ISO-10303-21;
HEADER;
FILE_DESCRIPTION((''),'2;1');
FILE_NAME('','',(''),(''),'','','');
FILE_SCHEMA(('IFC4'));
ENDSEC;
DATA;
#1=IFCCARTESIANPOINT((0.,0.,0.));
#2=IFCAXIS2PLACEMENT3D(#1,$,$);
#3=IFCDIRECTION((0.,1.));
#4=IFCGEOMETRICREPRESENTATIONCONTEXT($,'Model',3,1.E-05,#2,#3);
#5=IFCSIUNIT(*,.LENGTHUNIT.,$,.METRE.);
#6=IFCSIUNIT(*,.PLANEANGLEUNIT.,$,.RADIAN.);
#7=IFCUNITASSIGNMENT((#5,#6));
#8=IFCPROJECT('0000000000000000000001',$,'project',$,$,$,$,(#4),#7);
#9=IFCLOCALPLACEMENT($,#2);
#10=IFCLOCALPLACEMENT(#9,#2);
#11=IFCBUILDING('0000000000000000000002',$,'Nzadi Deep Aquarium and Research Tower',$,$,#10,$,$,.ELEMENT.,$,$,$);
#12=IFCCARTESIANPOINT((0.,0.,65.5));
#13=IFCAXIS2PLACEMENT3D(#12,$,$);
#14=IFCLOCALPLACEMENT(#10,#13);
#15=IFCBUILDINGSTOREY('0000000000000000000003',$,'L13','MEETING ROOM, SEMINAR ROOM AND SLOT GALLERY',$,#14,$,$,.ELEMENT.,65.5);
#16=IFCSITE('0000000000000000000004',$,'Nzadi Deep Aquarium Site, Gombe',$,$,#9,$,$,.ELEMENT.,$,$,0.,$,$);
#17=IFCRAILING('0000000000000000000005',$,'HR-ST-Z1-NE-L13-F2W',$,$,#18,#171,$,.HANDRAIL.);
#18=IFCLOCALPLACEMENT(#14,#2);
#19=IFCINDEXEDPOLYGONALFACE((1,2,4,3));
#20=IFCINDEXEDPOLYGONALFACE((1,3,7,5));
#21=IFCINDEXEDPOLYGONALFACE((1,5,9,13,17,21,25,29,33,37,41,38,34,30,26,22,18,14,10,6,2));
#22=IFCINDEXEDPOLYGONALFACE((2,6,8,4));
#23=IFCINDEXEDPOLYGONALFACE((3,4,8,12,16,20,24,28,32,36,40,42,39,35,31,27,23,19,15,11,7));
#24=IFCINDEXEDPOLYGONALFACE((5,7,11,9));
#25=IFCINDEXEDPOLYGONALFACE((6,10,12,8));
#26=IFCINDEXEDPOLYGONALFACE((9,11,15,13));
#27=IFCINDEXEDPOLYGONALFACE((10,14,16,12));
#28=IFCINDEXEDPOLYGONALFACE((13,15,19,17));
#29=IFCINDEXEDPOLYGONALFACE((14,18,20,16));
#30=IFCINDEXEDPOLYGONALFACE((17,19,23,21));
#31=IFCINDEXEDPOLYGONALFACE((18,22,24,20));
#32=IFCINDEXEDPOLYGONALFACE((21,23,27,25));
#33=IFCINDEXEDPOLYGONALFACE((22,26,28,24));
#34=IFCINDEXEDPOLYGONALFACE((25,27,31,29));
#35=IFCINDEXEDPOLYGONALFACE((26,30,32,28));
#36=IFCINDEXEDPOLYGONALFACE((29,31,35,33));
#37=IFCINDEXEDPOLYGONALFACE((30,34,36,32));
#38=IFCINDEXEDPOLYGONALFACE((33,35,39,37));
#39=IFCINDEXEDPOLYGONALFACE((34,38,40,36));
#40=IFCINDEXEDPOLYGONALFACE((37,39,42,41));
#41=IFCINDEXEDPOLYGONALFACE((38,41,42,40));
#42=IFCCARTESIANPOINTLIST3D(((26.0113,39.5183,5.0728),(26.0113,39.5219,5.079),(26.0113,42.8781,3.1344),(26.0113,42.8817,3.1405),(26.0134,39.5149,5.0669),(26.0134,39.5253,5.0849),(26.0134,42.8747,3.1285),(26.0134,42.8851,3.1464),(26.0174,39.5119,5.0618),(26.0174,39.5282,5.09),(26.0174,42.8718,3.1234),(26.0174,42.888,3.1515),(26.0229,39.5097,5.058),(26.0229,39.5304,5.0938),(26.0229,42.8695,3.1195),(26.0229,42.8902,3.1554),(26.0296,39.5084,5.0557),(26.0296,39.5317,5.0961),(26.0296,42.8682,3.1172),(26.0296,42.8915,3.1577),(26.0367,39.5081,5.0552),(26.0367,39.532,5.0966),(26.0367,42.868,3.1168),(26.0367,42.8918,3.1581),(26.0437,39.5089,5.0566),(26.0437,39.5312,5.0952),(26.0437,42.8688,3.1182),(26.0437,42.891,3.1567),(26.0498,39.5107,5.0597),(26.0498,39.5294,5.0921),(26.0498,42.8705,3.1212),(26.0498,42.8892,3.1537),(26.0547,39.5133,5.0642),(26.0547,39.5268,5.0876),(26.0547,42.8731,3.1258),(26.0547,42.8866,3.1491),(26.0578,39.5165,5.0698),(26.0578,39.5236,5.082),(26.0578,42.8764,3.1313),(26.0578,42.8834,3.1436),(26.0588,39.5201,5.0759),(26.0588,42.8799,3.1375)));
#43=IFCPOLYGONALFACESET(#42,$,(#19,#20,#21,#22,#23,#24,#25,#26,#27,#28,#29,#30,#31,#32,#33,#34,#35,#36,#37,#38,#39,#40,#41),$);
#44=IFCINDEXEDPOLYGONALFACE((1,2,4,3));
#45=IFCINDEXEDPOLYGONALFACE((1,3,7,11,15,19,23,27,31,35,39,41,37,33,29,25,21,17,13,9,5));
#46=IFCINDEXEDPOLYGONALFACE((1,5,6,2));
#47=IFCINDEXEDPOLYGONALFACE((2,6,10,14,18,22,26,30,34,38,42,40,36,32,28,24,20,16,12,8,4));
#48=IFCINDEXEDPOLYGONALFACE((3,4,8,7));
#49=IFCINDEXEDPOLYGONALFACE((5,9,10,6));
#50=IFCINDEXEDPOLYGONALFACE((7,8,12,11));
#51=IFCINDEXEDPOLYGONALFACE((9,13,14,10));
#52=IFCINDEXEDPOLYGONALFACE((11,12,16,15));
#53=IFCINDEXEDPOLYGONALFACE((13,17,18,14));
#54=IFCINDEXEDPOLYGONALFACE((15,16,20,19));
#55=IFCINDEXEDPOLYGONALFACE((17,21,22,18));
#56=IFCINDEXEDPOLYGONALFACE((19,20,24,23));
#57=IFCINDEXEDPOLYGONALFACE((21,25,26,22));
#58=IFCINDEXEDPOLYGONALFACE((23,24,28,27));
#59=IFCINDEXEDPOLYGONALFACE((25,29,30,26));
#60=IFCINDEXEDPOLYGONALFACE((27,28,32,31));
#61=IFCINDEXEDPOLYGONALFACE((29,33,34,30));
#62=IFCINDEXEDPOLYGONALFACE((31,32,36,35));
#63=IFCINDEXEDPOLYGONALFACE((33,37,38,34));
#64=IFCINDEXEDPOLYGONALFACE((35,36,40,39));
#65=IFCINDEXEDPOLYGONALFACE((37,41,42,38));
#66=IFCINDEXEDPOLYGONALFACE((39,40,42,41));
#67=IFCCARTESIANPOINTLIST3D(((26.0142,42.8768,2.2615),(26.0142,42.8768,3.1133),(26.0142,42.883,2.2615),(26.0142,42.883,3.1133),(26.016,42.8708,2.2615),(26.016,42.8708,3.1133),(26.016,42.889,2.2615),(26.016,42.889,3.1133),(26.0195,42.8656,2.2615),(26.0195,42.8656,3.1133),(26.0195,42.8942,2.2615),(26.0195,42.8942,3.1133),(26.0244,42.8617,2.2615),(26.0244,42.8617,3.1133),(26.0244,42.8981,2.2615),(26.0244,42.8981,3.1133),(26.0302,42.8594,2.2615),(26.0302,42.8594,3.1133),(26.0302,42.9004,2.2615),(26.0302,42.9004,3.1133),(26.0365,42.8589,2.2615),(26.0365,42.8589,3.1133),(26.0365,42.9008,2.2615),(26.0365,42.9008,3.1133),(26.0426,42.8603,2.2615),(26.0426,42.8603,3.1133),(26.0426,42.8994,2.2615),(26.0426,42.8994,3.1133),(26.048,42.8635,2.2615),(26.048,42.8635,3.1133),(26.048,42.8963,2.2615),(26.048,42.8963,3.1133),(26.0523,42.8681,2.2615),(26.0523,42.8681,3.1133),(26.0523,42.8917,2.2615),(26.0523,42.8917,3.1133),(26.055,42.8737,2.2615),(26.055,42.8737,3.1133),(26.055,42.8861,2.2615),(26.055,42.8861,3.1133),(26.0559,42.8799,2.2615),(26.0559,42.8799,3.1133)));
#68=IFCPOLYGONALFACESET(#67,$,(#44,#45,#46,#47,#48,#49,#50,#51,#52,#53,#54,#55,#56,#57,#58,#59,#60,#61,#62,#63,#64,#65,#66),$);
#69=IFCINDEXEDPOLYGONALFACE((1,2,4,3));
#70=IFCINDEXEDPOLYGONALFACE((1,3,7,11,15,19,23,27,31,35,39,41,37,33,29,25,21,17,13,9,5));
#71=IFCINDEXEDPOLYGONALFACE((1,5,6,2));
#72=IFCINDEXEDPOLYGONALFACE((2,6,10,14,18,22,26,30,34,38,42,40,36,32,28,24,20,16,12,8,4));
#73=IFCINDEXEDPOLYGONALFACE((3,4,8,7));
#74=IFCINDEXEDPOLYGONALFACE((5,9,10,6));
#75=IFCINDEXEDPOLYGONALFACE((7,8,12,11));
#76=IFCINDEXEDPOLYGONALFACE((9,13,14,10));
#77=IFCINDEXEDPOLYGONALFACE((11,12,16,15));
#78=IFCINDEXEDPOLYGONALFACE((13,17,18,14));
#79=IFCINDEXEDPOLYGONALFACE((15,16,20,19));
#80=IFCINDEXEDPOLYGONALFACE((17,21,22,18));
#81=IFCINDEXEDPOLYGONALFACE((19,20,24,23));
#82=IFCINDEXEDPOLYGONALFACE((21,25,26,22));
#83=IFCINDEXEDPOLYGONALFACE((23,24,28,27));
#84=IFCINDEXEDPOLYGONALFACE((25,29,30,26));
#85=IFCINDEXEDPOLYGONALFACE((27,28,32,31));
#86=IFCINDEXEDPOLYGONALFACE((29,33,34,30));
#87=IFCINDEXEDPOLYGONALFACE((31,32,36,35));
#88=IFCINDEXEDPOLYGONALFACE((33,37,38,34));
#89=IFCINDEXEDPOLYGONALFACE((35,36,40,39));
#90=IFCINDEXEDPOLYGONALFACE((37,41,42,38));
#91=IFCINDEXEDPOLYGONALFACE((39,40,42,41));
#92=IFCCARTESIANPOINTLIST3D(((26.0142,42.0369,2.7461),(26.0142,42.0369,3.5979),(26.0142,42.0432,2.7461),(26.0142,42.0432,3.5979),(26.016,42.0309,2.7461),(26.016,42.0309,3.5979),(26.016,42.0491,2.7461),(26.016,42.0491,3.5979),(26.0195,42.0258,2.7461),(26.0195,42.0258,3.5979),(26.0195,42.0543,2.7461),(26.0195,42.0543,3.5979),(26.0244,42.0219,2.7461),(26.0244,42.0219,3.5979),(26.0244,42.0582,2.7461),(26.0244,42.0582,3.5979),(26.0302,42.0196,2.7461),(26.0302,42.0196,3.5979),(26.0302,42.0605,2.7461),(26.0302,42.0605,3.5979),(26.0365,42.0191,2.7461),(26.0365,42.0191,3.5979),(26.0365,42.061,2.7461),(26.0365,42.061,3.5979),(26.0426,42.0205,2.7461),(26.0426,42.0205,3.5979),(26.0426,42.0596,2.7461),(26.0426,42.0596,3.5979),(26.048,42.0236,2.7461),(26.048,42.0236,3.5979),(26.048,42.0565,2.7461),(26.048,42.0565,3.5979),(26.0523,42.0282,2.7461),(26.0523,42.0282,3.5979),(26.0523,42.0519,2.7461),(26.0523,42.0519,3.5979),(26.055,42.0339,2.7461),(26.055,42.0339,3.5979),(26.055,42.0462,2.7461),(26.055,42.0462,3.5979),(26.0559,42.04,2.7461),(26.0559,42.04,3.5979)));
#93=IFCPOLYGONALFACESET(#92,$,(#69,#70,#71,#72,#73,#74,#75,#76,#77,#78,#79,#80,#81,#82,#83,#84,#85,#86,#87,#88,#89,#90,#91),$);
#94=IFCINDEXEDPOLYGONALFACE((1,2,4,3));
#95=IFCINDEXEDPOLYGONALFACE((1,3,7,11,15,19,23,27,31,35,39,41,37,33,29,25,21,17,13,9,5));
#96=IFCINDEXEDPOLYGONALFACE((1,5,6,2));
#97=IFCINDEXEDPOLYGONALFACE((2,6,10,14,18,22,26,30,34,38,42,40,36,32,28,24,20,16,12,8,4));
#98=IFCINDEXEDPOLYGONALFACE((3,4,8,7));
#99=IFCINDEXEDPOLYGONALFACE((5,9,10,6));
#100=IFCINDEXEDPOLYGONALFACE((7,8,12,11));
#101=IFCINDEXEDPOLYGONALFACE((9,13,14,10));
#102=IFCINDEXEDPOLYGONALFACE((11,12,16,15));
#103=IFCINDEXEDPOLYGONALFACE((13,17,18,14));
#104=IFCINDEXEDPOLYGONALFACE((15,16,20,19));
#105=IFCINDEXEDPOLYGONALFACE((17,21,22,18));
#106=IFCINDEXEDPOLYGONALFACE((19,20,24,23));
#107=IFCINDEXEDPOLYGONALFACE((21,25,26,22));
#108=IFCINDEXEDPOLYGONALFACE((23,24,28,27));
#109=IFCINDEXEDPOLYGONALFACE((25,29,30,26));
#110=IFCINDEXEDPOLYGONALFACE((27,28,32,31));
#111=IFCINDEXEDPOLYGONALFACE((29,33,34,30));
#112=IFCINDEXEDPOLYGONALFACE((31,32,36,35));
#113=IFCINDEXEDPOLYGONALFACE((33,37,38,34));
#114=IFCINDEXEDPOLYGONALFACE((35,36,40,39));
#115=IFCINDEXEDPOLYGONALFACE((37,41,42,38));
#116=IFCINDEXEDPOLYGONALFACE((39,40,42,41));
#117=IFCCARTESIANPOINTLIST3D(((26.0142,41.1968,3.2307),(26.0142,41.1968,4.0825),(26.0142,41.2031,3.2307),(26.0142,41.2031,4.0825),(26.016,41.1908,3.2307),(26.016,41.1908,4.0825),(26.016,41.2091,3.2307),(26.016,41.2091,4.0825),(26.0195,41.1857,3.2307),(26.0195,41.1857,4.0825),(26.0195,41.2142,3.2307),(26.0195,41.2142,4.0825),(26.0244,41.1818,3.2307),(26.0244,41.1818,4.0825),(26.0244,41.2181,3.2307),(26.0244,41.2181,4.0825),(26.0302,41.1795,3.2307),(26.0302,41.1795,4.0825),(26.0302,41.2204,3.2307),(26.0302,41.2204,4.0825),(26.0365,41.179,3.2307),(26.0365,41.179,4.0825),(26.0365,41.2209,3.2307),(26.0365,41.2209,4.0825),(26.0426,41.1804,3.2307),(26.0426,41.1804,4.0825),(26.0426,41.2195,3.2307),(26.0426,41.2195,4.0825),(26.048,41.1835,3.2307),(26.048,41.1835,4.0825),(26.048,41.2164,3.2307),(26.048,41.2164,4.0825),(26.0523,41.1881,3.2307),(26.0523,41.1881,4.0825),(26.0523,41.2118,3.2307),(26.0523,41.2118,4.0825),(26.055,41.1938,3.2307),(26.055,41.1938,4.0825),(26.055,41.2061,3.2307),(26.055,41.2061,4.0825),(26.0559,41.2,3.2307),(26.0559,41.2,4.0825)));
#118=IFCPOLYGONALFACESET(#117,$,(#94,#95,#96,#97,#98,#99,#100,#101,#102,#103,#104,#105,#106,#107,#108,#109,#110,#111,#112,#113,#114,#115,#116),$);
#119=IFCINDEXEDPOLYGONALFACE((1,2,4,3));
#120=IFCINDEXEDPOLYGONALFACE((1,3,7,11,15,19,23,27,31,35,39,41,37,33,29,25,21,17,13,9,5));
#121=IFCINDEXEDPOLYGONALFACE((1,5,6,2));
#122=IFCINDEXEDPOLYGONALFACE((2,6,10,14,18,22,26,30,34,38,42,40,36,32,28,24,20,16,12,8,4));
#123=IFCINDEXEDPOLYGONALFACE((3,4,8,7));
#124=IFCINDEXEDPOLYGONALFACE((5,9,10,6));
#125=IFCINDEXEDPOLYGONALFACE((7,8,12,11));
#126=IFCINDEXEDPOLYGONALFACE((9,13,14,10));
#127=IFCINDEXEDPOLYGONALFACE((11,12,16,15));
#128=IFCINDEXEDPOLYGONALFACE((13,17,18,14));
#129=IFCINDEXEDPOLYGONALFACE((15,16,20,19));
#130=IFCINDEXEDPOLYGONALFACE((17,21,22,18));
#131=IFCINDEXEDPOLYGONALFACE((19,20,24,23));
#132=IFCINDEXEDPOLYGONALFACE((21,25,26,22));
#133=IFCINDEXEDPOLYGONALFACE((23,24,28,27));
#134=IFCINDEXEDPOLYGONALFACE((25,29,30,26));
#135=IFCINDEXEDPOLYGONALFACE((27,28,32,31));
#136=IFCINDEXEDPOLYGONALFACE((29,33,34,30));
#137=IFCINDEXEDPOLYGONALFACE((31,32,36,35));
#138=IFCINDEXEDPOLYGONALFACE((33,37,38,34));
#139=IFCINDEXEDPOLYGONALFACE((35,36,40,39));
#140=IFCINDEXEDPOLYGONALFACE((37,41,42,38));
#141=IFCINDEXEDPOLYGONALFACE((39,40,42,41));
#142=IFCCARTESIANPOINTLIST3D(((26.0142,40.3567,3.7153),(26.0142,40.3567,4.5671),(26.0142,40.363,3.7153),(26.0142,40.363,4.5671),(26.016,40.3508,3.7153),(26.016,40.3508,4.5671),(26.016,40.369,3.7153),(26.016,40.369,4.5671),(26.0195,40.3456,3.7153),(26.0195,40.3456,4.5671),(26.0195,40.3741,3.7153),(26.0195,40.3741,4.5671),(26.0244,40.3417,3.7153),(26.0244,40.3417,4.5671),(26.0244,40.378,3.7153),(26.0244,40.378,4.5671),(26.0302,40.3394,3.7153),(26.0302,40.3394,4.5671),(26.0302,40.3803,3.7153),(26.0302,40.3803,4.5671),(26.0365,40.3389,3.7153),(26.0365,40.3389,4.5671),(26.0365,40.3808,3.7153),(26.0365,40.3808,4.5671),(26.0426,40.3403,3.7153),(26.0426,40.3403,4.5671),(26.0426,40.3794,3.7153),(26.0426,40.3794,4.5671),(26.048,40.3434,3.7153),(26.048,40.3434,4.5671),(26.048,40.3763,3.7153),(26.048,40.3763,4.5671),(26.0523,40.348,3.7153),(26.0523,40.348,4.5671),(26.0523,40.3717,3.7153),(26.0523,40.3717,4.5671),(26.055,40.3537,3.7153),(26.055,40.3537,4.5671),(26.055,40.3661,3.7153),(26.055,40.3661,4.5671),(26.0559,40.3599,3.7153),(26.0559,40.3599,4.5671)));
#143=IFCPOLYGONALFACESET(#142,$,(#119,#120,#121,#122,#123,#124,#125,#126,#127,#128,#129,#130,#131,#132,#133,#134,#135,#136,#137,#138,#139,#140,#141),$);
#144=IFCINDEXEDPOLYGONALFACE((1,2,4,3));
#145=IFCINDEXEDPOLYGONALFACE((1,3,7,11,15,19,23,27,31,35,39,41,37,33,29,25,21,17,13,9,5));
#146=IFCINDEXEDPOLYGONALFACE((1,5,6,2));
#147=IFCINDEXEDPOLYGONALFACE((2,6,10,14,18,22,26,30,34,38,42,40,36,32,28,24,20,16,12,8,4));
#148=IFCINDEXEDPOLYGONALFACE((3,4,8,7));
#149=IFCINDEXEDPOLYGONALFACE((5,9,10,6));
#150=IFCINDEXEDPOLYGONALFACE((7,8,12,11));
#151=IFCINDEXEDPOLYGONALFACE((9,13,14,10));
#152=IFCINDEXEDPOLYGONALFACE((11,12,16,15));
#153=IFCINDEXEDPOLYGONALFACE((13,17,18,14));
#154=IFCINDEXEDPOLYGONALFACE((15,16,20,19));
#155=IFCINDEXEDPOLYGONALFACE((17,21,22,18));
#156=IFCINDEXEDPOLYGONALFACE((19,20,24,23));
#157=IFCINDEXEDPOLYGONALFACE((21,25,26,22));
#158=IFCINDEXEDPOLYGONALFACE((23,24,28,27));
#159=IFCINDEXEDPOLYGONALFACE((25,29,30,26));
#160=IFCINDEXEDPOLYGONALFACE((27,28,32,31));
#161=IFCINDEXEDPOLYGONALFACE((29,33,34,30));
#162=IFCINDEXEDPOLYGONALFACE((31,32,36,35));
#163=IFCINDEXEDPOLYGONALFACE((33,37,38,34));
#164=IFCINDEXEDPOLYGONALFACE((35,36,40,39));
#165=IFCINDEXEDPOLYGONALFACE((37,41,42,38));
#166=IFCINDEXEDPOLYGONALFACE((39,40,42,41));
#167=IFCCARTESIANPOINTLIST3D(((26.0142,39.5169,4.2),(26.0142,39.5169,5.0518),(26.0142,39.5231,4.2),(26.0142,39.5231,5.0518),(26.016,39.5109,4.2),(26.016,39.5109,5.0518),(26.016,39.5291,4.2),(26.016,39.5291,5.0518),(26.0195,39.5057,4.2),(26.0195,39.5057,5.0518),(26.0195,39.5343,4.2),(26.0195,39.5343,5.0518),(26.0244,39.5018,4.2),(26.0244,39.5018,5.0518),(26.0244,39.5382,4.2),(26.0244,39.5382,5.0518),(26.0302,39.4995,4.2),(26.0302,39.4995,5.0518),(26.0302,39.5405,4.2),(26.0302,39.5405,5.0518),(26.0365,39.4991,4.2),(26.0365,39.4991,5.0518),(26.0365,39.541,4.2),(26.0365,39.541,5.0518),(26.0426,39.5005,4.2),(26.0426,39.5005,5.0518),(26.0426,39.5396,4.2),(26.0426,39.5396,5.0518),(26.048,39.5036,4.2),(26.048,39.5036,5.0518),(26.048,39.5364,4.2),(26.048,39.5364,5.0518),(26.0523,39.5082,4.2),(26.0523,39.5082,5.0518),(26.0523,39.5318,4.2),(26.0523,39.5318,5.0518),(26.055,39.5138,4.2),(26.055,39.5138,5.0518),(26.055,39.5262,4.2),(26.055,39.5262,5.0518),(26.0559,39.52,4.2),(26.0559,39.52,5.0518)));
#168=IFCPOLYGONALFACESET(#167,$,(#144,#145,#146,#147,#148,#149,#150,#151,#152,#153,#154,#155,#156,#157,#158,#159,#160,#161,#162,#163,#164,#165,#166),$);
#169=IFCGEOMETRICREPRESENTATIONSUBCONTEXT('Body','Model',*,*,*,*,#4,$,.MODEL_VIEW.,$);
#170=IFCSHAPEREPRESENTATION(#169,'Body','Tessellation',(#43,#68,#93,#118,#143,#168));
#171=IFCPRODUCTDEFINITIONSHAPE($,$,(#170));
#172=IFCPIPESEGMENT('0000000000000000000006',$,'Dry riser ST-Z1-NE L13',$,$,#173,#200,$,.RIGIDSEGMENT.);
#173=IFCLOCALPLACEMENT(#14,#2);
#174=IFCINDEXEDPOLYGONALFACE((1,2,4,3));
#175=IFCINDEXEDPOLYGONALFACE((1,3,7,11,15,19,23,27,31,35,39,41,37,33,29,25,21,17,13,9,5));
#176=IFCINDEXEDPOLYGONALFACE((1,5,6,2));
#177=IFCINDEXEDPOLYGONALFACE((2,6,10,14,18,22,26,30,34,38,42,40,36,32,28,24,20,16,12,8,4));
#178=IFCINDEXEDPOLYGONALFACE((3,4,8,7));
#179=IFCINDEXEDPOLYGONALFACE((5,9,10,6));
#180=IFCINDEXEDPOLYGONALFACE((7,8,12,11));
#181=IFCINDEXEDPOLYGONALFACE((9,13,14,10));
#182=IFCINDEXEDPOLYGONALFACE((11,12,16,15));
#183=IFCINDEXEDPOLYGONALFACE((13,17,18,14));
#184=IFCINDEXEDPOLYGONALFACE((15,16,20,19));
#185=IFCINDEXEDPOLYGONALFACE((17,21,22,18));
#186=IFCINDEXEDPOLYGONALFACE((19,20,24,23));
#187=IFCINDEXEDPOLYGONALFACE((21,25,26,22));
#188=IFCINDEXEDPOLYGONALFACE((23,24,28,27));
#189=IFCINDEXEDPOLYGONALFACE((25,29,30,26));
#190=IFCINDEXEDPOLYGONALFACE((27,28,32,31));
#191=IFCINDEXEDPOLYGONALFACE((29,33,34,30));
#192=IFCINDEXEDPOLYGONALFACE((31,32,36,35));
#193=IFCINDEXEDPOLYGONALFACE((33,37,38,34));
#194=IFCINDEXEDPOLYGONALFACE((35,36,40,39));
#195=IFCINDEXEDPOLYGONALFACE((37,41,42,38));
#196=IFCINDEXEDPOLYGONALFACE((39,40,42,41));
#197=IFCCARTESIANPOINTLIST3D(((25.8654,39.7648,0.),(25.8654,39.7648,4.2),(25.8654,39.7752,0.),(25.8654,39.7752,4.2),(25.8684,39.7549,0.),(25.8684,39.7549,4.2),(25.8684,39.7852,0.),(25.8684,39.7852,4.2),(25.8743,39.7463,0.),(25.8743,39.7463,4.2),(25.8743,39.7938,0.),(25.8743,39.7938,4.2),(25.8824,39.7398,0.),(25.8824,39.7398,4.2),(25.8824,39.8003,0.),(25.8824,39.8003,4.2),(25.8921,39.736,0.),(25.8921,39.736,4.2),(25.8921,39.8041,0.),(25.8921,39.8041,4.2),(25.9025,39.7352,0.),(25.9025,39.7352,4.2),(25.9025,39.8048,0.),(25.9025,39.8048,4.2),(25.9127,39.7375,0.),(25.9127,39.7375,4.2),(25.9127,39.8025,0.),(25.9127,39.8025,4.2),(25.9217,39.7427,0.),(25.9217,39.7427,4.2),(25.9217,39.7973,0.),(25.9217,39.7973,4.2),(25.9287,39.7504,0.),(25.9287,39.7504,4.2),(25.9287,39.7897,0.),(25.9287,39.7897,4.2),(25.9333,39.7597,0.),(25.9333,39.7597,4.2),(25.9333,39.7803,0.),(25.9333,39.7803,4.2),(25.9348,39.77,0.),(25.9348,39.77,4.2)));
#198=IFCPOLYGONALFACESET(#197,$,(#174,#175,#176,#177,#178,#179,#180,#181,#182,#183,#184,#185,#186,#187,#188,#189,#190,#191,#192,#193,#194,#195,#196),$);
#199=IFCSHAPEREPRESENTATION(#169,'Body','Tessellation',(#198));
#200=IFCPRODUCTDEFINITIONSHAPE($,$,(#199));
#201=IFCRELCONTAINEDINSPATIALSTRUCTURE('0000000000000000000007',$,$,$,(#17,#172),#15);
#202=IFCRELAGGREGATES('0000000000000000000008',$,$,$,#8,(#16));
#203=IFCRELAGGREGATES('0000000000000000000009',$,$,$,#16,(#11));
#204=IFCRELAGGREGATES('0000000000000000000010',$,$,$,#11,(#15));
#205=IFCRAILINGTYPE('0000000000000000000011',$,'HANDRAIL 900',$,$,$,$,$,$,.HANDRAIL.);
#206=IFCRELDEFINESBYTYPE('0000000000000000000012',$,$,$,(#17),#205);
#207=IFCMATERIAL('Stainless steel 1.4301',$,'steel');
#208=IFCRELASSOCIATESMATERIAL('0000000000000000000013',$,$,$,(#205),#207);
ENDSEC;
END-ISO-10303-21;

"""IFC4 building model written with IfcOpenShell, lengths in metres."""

from ifc_helpers import new_model, si_unit, direction, frame, origin, origin_2d, place, context, subcontext, project, spatial, circle, extrude, material, type_object, element, save


model = new_model("IFC4")

# Units and contexts
model_context = context("Model", 3, precision=1e-05, world=origin(), true_north=direction((0.0, 1.0)))
body_context = subcontext(model_context, "Body", "Model", "MODEL_VIEW")
ifc_project = project(units=[si_unit("LENGTHUNIT", "METRE"), si_unit("PLANEANGLEUNIT", "RADIAN")], contexts=[model_context])

# Site, building, storey
site_placement = place(None, origin())
site = spatial("IfcSite", under=ifc_project, at=site_placement, Name="Nzadi Deep Aquarium Site, Gombe", CompositionType="ELEMENT", RefElevation=0.0)
building_placement = place(site_placement, origin())
building = spatial("IfcBuilding", under=site, at=building_placement, Name="Nzadi Deep Aquarium and Research Tower", CompositionType="ELEMENT")
storey_placement = place(building_placement, frame((0.0, 0.0, 65.5)))
storey = spatial("IfcBuildingStorey", under=building, at=storey_placement, Name="L13", Description="MEETING ROOM, SEMINAR ROOM AND SLOT GALLERY", CompositionType="ELEMENT", Elevation=65.5)

# Railing
ifc_material_1 = material(Name="Stainless steel 1.4301", Category="steel")
railing_type = type_object("IfcRailingType", Name="HANDRAIL 900", PredefinedType="HANDRAIL", material=ifc_material_1)
for number, where, name in (
    (1, (26.0349, 42.8799, 2.2615), "HR-ST-Z1-NE-L13-F2W"),
):
    element("IfcRailing", number, at=place(storey_placement, frame(where)), inside=storey, type_object=railing_type, Name=name, PredefinedType="HANDRAIL", context=body_context, shape_type="SweptSolid", body=[
        extrude(circle(Radius=0.0239, at=origin_2d()), frame((0.0, 0.0, 0.876), z_axis=(0.0, -0.866175, 0.499741), x_axis=(1.0, 0.0, 0.0)), (0.0, 0.0, 1.0), 3.8789),
        extrude(circle(Radius=0.021, at=origin_2d()), origin(), (0.0, 0.0, 1.0), 0.8518),
        extrude(circle(Radius=0.021, at=origin_2d()), frame((0.0, -0.8398, 0.4846)), (0.0, 0.0, 1.0), 0.8518),
        extrude(circle(Radius=0.021, at=origin_2d()), frame((0.0, -1.6799, 0.9692)), (0.0, 0.0, 1.0), 0.8518),
        extrude(circle(Radius=0.021, at=origin_2d()), frame((0.0, -2.52, 1.4539)), (0.0, 0.0, 1.0), 0.8518),
        extrude(circle(Radius=0.021, at=origin_2d()), frame((0.0, -3.3599, 1.9385)), (0.0, 0.0, 1.0), 0.8518),
    ])

# Pipe segment
pipe_segment_placement = place(storey_placement, frame((25.8999, 39.77, 0.0), z_axis=(0.0, 0.0, 1.0), x_axis=(1.0, 0.0, 0.0)))
element("IfcPipeSegment", 2, at=pipe_segment_placement, inside=storey, Name="Dry riser ST-Z1-NE L13", PredefinedType="RIGIDSEGMENT", context=body_context, shape_type="SweptSolid", body=[
    extrude(circle(Radius=0.0349, at=origin_2d()), origin(), (0.0, 0.0, 1.0), 4.2),
])

save(model, "model.ifc")
